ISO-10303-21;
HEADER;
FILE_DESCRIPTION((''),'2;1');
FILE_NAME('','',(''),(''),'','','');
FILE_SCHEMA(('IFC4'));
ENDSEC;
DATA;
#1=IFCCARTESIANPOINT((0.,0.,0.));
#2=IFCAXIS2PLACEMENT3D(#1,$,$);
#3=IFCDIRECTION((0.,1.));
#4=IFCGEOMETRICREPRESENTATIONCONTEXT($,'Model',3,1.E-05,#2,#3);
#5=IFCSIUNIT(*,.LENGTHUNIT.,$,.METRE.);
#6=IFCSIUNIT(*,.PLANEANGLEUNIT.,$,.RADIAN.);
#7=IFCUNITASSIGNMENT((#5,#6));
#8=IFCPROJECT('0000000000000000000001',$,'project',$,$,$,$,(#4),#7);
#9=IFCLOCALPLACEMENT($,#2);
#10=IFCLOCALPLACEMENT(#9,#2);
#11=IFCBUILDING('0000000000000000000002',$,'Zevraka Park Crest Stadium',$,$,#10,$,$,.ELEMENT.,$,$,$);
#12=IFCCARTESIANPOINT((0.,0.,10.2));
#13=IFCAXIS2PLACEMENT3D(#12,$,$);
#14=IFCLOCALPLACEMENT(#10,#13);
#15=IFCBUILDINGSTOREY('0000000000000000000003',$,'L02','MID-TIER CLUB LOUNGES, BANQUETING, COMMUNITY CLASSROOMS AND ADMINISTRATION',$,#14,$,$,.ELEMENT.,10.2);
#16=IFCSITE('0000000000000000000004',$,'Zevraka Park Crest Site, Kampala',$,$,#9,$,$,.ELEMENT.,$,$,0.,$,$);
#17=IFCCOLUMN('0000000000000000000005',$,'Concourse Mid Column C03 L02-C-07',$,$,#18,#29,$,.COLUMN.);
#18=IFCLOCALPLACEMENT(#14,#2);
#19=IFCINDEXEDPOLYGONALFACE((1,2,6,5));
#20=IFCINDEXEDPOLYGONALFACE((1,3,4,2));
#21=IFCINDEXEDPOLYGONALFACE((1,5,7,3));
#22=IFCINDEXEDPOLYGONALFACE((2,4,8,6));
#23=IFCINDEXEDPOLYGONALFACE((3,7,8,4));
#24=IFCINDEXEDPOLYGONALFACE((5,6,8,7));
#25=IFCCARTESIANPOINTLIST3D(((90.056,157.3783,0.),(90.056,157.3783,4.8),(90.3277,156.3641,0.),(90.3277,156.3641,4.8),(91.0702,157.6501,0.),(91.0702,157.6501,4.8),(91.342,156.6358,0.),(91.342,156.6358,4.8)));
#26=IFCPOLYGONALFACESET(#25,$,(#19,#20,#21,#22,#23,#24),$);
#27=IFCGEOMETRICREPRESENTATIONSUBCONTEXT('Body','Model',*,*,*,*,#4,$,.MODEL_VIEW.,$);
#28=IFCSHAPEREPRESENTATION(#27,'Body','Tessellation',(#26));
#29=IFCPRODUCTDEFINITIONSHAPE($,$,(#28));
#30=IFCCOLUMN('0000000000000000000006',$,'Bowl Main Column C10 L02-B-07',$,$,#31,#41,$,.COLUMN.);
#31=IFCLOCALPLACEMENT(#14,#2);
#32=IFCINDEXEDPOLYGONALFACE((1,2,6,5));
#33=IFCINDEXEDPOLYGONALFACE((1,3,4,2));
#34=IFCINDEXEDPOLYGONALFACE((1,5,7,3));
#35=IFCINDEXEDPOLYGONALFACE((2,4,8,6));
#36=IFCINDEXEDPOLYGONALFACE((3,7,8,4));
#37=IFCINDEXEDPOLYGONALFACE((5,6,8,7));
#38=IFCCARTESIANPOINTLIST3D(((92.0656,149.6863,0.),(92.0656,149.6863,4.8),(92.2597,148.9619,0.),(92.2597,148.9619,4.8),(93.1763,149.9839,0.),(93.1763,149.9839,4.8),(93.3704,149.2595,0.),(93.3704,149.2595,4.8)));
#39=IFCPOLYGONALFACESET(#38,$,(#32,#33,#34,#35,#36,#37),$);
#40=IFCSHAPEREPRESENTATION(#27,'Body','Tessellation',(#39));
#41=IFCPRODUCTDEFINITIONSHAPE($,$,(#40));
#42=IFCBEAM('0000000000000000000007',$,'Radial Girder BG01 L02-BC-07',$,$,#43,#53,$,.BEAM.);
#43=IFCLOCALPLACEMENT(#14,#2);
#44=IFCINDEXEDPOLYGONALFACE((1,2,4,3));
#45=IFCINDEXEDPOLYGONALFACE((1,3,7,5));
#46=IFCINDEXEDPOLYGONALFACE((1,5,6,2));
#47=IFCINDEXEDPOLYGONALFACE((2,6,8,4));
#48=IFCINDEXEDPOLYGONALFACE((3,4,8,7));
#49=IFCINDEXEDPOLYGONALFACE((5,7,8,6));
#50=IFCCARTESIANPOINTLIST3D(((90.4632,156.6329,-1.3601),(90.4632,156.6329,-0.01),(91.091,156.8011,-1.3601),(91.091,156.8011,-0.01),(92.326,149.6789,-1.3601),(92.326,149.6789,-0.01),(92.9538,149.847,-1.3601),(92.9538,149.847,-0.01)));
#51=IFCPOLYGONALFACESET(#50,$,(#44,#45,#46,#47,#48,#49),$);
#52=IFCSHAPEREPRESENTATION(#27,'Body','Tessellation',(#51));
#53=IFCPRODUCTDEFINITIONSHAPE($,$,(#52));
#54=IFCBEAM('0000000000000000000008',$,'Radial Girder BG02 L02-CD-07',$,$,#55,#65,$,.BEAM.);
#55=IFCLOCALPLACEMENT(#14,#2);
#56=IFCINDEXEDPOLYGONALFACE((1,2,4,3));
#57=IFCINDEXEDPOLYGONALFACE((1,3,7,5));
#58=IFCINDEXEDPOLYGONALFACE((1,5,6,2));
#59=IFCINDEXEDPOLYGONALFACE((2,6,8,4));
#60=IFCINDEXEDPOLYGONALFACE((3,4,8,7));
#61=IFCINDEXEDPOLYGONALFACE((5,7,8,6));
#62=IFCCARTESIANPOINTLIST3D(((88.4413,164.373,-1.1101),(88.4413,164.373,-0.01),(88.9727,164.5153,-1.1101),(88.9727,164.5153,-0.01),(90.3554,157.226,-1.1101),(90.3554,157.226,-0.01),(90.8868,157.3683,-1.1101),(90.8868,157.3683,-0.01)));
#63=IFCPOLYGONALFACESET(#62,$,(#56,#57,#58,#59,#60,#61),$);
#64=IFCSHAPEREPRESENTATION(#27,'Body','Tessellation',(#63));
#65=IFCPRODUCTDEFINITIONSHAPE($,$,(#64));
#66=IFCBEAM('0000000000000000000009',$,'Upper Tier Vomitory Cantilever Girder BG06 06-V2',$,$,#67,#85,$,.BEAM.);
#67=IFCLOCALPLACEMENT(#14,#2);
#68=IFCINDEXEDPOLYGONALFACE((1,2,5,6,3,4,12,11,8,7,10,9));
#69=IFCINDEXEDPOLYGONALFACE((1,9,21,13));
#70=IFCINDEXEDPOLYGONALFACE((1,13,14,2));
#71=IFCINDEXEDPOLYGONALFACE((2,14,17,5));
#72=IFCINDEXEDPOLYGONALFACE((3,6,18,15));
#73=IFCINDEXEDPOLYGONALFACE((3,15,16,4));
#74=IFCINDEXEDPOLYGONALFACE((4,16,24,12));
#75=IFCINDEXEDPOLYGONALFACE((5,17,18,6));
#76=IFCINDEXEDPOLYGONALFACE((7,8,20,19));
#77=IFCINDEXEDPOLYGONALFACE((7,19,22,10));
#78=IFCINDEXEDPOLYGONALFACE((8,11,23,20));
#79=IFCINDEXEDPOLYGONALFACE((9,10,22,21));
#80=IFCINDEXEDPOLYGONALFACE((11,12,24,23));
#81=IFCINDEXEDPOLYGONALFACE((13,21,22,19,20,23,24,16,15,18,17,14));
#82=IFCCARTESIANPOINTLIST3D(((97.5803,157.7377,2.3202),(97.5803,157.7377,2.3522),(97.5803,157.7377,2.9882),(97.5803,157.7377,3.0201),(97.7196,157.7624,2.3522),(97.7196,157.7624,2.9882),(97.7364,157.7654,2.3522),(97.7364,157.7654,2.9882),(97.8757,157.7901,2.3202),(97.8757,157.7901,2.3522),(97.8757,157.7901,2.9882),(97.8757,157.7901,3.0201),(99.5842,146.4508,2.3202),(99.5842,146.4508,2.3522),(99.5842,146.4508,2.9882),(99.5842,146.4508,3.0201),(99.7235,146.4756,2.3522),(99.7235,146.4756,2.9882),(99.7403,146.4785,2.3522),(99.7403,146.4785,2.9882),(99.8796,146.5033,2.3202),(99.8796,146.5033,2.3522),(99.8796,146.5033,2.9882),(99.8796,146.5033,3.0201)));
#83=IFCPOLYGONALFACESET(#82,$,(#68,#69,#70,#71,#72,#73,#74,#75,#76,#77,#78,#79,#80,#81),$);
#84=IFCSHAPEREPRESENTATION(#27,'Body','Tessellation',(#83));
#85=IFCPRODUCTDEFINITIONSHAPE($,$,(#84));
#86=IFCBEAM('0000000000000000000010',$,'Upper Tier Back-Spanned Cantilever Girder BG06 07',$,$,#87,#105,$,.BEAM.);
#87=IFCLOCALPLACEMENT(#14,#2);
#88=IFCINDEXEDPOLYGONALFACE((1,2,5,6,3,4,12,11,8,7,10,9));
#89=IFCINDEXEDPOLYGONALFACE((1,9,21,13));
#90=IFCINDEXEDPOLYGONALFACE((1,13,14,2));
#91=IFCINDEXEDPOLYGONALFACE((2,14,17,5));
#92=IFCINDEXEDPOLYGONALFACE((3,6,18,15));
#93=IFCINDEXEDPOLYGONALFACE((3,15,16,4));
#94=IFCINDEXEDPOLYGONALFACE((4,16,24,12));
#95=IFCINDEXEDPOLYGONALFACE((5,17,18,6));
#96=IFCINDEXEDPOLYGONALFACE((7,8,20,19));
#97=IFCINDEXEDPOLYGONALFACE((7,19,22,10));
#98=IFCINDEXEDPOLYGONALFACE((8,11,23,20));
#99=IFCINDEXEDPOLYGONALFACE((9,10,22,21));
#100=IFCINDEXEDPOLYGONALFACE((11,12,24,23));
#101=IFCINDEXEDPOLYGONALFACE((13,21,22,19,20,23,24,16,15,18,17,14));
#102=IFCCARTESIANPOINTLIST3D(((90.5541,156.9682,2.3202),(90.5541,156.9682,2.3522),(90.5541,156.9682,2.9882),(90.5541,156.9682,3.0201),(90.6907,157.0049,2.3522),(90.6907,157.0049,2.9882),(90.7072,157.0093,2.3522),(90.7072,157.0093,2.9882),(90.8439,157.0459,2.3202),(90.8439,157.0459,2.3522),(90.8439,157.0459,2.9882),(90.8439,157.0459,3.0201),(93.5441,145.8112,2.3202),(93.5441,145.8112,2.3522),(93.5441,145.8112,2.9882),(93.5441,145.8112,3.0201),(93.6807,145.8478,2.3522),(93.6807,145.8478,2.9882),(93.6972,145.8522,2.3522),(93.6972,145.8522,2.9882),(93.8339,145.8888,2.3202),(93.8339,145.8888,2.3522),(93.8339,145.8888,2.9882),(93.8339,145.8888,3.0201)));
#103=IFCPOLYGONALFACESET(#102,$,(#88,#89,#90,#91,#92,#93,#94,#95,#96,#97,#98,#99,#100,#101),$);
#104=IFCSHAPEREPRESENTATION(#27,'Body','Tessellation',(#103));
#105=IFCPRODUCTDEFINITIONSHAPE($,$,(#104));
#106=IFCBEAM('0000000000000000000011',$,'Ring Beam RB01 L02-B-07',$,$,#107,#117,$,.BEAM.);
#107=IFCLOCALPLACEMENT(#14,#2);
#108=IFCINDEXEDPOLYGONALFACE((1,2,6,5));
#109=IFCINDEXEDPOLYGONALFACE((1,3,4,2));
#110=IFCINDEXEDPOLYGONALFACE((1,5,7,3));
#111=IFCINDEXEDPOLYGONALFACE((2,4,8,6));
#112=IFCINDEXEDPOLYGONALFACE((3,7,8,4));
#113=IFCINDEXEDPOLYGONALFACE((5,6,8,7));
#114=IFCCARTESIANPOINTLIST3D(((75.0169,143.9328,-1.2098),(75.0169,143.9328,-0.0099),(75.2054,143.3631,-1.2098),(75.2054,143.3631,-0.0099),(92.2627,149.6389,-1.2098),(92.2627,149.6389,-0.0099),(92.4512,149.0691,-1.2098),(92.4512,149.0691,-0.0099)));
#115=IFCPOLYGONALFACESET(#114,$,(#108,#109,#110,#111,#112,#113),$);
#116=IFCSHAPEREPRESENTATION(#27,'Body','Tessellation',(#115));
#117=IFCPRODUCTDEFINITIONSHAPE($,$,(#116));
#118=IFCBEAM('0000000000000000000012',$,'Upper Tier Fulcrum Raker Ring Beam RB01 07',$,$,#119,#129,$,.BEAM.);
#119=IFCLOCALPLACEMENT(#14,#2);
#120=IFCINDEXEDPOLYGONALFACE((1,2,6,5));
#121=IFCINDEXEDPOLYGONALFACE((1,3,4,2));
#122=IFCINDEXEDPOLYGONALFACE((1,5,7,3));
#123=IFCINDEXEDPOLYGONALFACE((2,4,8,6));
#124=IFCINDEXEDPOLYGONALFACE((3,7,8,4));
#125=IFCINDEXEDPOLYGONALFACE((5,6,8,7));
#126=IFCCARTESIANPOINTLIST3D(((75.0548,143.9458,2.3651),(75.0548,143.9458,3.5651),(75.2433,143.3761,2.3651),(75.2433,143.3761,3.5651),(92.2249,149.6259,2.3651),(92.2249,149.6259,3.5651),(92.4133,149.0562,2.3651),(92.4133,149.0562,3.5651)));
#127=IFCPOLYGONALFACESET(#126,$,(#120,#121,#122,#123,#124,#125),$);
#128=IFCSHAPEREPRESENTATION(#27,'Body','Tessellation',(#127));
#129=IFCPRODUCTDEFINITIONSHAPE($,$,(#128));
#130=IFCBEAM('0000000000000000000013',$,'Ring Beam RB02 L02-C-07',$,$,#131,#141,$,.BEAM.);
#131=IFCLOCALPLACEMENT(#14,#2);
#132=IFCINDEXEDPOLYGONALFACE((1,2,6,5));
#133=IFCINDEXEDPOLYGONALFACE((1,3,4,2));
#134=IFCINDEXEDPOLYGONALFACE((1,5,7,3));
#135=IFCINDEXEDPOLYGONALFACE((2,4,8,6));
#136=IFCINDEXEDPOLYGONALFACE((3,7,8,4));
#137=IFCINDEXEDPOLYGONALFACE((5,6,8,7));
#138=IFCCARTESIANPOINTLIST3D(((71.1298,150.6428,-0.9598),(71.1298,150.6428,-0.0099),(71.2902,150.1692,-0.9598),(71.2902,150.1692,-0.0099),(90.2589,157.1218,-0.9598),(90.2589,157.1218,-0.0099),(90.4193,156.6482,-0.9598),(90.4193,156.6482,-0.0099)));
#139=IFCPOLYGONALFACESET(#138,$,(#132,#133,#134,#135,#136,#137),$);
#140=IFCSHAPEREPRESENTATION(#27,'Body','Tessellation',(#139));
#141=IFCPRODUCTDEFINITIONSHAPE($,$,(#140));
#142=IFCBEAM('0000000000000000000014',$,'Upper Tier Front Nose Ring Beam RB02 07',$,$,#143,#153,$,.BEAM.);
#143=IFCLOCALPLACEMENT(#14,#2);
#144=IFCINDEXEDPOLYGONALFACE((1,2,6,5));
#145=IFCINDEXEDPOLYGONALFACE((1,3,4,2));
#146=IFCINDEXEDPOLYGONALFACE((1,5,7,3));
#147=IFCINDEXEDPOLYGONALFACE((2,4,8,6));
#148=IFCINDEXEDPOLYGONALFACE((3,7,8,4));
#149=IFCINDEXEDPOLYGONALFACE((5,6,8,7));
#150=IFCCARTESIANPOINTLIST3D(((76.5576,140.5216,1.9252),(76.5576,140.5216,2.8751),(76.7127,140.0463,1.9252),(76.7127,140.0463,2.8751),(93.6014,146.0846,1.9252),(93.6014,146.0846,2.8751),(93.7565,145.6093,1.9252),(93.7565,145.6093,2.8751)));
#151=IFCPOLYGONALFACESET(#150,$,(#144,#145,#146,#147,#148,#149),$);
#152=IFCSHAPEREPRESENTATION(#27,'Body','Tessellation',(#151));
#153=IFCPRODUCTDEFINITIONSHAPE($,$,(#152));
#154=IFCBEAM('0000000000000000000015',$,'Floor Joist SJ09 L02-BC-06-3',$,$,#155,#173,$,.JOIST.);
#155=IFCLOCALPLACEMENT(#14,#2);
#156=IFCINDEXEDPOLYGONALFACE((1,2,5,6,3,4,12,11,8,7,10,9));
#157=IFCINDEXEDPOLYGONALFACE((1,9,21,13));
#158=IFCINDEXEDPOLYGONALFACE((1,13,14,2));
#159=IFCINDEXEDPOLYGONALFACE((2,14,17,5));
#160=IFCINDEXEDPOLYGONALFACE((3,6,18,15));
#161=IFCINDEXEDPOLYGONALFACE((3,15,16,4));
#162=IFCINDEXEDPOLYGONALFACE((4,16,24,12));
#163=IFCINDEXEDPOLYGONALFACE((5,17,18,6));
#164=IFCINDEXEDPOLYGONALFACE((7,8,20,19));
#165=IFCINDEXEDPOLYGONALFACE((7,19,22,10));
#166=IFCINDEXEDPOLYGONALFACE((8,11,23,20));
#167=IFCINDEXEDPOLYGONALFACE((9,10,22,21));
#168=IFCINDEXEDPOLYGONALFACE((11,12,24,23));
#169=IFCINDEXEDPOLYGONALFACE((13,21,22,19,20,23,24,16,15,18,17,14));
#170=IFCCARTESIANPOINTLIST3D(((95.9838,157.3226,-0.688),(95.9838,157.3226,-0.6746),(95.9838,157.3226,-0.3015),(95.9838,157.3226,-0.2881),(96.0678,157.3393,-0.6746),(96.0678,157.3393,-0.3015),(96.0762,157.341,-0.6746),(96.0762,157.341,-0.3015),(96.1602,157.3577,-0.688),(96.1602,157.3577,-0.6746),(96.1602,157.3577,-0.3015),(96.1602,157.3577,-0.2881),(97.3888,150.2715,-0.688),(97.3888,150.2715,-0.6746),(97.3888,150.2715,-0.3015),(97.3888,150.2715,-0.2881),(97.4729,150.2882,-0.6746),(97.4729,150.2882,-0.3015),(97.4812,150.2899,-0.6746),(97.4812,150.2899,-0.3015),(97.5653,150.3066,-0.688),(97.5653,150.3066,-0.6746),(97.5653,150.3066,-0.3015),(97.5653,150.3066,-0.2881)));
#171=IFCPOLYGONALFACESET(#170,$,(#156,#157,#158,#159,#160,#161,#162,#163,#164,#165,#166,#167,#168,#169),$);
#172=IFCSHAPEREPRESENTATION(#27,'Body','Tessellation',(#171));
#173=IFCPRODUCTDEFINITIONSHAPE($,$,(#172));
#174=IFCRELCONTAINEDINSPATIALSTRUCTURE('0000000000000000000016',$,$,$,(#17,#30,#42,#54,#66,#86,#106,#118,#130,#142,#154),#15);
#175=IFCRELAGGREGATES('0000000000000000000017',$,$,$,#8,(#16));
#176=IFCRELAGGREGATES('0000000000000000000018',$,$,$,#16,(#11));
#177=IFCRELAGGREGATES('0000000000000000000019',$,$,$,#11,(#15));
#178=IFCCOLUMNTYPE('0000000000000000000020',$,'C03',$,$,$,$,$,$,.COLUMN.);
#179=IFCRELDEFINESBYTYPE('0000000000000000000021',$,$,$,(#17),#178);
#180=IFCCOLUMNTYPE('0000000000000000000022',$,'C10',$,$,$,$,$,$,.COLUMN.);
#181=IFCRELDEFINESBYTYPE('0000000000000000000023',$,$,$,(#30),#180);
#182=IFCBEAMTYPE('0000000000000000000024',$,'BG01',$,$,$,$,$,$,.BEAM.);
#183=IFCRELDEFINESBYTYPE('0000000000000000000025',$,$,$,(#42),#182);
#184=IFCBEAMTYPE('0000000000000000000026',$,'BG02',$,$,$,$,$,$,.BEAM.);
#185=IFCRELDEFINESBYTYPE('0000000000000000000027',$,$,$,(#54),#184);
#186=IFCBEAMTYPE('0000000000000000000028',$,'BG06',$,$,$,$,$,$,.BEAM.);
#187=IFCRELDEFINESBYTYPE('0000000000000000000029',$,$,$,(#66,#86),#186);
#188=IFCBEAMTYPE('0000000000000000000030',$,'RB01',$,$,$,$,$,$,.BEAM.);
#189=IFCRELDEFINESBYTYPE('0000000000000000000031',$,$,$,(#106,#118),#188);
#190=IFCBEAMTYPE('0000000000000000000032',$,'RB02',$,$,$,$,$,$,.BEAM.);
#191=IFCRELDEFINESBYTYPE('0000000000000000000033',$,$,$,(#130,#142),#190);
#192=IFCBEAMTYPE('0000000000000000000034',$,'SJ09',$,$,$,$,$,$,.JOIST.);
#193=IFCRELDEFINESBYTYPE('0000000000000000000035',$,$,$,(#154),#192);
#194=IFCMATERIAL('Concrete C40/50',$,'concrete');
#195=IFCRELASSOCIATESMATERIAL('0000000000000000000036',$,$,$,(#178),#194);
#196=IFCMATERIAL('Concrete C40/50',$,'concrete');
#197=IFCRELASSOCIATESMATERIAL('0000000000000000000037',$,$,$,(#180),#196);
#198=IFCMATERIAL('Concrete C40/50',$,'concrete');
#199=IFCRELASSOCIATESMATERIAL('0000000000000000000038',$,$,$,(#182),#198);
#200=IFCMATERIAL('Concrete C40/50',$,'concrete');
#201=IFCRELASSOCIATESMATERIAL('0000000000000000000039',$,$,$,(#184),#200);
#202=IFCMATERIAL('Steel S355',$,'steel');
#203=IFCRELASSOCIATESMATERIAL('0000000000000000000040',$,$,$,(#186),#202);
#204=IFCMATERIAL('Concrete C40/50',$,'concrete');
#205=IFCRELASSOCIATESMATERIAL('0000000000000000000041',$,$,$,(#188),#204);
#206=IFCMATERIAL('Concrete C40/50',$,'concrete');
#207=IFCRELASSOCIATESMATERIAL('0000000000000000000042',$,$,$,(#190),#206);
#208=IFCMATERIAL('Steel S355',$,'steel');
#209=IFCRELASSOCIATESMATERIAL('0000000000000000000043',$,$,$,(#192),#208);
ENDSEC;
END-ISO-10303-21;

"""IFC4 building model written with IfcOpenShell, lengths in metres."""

from ifc_helpers import new_model, si_unit, direction, frame, origin, origin_2d, place, context, subcontext, project, spatial, rectangle, i_section, extrude, material, material_profile, profile_set, type_object, element, save


model = new_model("IFC4")

# Units and contexts
model_context = context("Model", 3, precision=1e-05, world=origin(), true_north=direction((0.0, 1.0)))
body_context = subcontext(model_context, "Body", "Model", "MODEL_VIEW")
ifc_project = project(units=[si_unit("LENGTHUNIT", "METRE"), si_unit("PLANEANGLEUNIT", "RADIAN")], contexts=[model_context])

# Site, building, storey
site_placement = place(None, origin())
site = spatial("IfcSite", under=ifc_project, at=site_placement, Name="Zevraka Park Crest Site, Kampala", CompositionType="ELEMENT", RefElevation=0.0)
building_placement = place(site_placement, origin())
building = spatial("IfcBuilding", under=site, at=building_placement, Name="Zevraka Park Crest Stadium", CompositionType="ELEMENT")
storey_placement = place(building_placement, frame((0.0, 0.0, 10.2)))
storey = spatial("IfcBuildingStorey", under=building, at=storey_placement, Name="L02", Description="MID-TIER CLUB LOUNGES, BANQUETING, COMMUNITY CLASSROOMS AND ADMINISTRATION", CompositionType="ELEMENT", Elevation=10.2)

# Columns
ifc_material_1 = material(Name="Concrete C40/50", Category="concrete")
ifc_material_profile_1 = material_profile(ifc_material_1, rectangle(XDim=1.05, YDim=1.05, at=origin_2d()), Name="RC 1050x1050")
ifc_profile_set_1 = profile_set([ifc_material_profile_1], Name="Concrete C40/50")
column_type_1 = type_object("IfcColumnType", Name="C03", PredefinedType="COLUMN", material=ifc_profile_set_1)
column_1_placement = place(storey_placement, frame((90.699, 157.0071, 0.0), z_axis=(0.0, 0.0, 1.0), x_axis=(-0.258819, 0.965926, 0.0)))
element("IfcColumn", 1, at=column_1_placement, inside=storey, type_object=column_type_1, Name="Concourse Mid Column C03 L02-C-07", PredefinedType="COLUMN", context=body_context, shape_type="SweptSolid", body=[
    extrude(rectangle(XDim=1.05, YDim=1.05, at=origin_2d()), origin(), (0.0, 0.0, 1.0), 4.8),
])
ifc_material_2 = material(Name="Concrete C40/50", Category="concrete")
ifc_material_profile_2 = material_profile(ifc_material_2, rectangle(XDim=0.75, YDim=1.1499, at=origin_2d()), Name="RC 1150x750")
ifc_profile_set_2 = profile_set([ifc_material_profile_2], Name="Concrete C40/50")
column_type_2 = type_object("IfcColumnType", Name="C10", PredefinedType="COLUMN", material=ifc_profile_set_2)
column_2_placement = place(storey_placement, frame((92.718, 149.4729, 0.0), z_axis=(0.0, 0.0, 1.0), x_axis=(-0.258819, 0.965926, 0.0)))
element("IfcColumn", 2, at=column_2_placement, inside=storey, type_object=column_type_2, Name="Bowl Main Column C10 L02-B-07", PredefinedType="COLUMN", context=body_context, shape_type="SweptSolid", body=[
    extrude(rectangle(XDim=0.75, YDim=1.1499, at=origin_2d()), origin(), (0.0, 0.0, 1.0), 4.8),
])

# Beams
ifc_material_3 = material(Name="Concrete C40/50", Category="concrete")
ifc_material_profile_3 = material_profile(ifc_material_3, rectangle(XDim=0.6499, YDim=1.3501, at=origin_2d()), Name="RC 1350x650")
ifc_profile_set_3 = profile_set([ifc_material_profile_3], Name="Concrete C40/50")
beam_type_1 = type_object("IfcBeamType", Name="BG01", PredefinedType="BEAM", material=ifc_profile_set_3)
beam_1_placement = place(storey_placement, frame((92.6399, 149.7629, -0.6851), z_axis=(-0.258747, 0.965945, 0.0), x_axis=(-0.965945, -0.258747, 0.0)))
element("IfcBeam", 3, at=beam_1_placement, inside=storey, type_object=beam_type_1, Name="Radial Girder BG01 L02-BC-07", PredefinedType="BEAM", context=body_context, shape_type="SweptSolid", body=[
    extrude(rectangle(XDim=0.6499, YDim=1.3501, at=origin_2d()), origin(), (0.0, 0.0, 1.0), 7.1992),
])
ifc_material_4 = material(Name="Concrete C40/50", Category="concrete")
ifc_material_profile_4 = material_profile(ifc_material_4, rectangle(XDim=0.55, YDim=1.1001, at=origin_2d()), Name="RC 1100x550")
ifc_profile_set_4 = profile_set([ifc_material_profile_4], Name="Concrete C40/50")
beam_type_2 = type_object("IfcBeamType", Name="BG02", PredefinedType="BEAM", material=ifc_profile_set_4)
beam_2_placement = place(storey_placement, frame((90.6211, 157.2971, -0.5601), z_axis=(-0.258698, 0.965958, 0.0), x_axis=(-0.965958, -0.258698, 0.0)))
element("IfcBeam", 4, at=beam_2_placement, inside=storey, type_object=beam_type_2, Name="Radial Girder BG02 L02-CD-07", PredefinedType="BEAM", context=body_context, shape_type="SweptSolid", body=[
    extrude(rectangle(XDim=0.55, YDim=1.1001, at=origin_2d()), origin(), (0.0, 0.0, 1.0), 7.3989),
])
ifc_material_5 = material(Name="Steel S355", Category="steel")
ifc_material_profile_5 = material_profile(ifc_material_5, i_section(OverallWidth=0.3, OverallDepth=0.7, WebThickness=0.0171, FlangeThickness=0.032, at=origin_2d()), Name="HEB 700")
ifc_profile_set_5 = profile_set([ifc_material_profile_5], Name="Steel S355")
beam_type_3 = type_object("IfcBeamType", Name="BG06", PredefinedType="BEAM", material=ifc_profile_set_5)
beam_3_placement = place(storey_placement, frame((97.728, 157.7639, 2.6702), z_axis=(0.174809, -0.984602, 0.0), x_axis=(0.984602, 0.174809, 0.0)))
element("IfcBeam", 5, at=beam_3_placement, inside=storey, type_object=beam_type_3, Name="Upper Tier Vomitory Cantilever Girder BG06 06-V2", PredefinedType="BEAM", context=body_context, shape_type="SweptSolid", body=[
    extrude(i_section(OverallWidth=0.3, OverallDepth=0.7, WebThickness=0.0171, FlangeThickness=0.032, at=origin_2d()), origin(), (0.0, 0.0, 1.0), 11.4634),
])
beam_4_placement = place(storey_placement, frame((90.699, 157.0071, 2.6702), z_axis=(0.258858, -0.965915, 0.0), x_axis=(0.965915, 0.258858, 0.0)))
element("IfcBeam", 6, at=beam_4_placement, inside=storey, type_object=beam_type_3, Name="Upper Tier Back-Spanned Cantilever Girder BG06 07", PredefinedType="BEAM", context=body_context, shape_type="SweptSolid", body=[
    extrude(i_section(OverallWidth=0.3, OverallDepth=0.7, WebThickness=0.0171, FlangeThickness=0.032, at=origin_2d()), origin(), (0.0, 0.0, 1.0), 11.5508),
])
ifc_material_6 = material(Name="Concrete C40/50", Category="concrete")
ifc_material_profile_6 = material_profile(ifc_material_6, rectangle(XDim=0.6001, YDim=1.2, at=origin_2d()), Name="RC 1200x600")
ifc_profile_set_6 = profile_set([ifc_material_profile_6], Name="Concrete C40/50")
beam_type_4 = type_object("IfcBeamType", Name="RB01", PredefinedType="BEAM", material=ifc_profile_set_6)
beam_5_placement = place(storey_placement, frame((92.3569, 149.354, -0.6099), z_axis=(-0.949384, -0.314118, 0.0), x_axis=(0.314118, -0.949384, 0.0)))
element("IfcBeam", 7, at=beam_5_placement, inside=storey, type_object=beam_type_4, Name="Ring Beam RB01 L02-B-07", PredefinedType="BEAM", context=body_context, shape_type="SweptSolid", body=[
    extrude(rectangle(XDim=0.6001, YDim=1.2, at=origin_2d()), origin(), (0.0, 0.0, 1.0), 18.1653),
])
beam_6_placement = place(storey_placement, frame((92.3191, 149.3411, 2.9651), z_axis=(-0.949398, -0.314077, 0.0), x_axis=(0.314077, -0.949398, 0.0)))
element("IfcBeam", 8, at=beam_6_placement, inside=storey, type_object=beam_type_4, Name="Upper Tier Fulcrum Raker Ring Beam RB01 07", PredefinedType="BEAM", context=body_context, shape_type="SweptSolid", body=[
    extrude(rectangle(XDim=0.6001, YDim=1.2, at=origin_2d()), origin(), (0.0, 0.0, 1.0), 18.0852),
])
ifc_material_7 = material(Name="Concrete C40/50", Category="concrete")
ifc_material_profile_7 = material_profile(ifc_material_7, rectangle(XDim=0.5, YDim=0.95, at=origin_2d()), Name="RC 950x500")
ifc_profile_set_7 = profile_set([ifc_material_profile_7], Name="Concrete C40/50")
beam_type_5 = type_object("IfcBeamType", Name="RB02", PredefinedType="BEAM", material=ifc_profile_set_7)
beam_7_placement = place(storey_placement, frame((90.3391, 156.885, -0.4849), z_axis=(-0.947148, -0.320797, 0.0), x_axis=(0.320797, -0.947148, 0.0)))
element("IfcBeam", 9, at=beam_7_placement, inside=storey, type_object=beam_type_5, Name="Ring Beam RB02 L02-C-07", PredefinedType="BEAM", context=body_context, shape_type="SweptSolid", body=[
    extrude(rectangle(XDim=0.5, YDim=0.95, at=origin_2d()), origin(), (0.0, 0.0, 1.0), 20.1965),
])
beam_8_placement = place(storey_placement, frame((93.679, 145.8469, 2.4001), z_axis=(-0.950645, -0.310282, 0.0), x_axis=(0.310282, -0.950645, 0.0)))
element("IfcBeam", 10, at=beam_8_placement, inside=storey, type_object=beam_type_5, Name="Upper Tier Front Nose Ring Beam RB02 07", PredefinedType="BEAM", context=body_context, shape_type="SweptSolid", body=[
    extrude(rectangle(XDim=0.5, YDim=0.95, at=origin_2d()), origin(), (0.0, 0.0, 1.0), 17.9287),
])
ifc_material_8 = material(Name="Steel S355", Category="steel")
ifc_material_profile_8 = material_profile(ifc_material_8, i_section(OverallWidth=0.1799, OverallDepth=0.3999, WebThickness=0.0085, FlangeThickness=0.0134, at=origin_2d()), Name="IPE 400")
ifc_profile_set_8 = profile_set([ifc_material_profile_8], Name="Steel S355")
beam_type_6 = type_object("IfcBeamType", Name="SJ09", PredefinedType="JOIST", material=ifc_profile_set_8)
beam_9_placement = place(storey_placement, frame((97.4771, 150.2891, -0.488), z_axis=(-0.195424, 0.980719, 0.0), x_axis=(-0.980719, -0.195424, 0.0)))
element("IfcBeam", 11, at=beam_9_placement, inside=storey, type_object=beam_type_6, Name="Floor Joist SJ09 L02-BC-06-3", PredefinedType="JOIST", context=body_context, shape_type="SweptSolid", body=[
    extrude(i_section(OverallWidth=0.1799, OverallDepth=0.3999, WebThickness=0.0085, FlangeThickness=0.0134, at=origin_2d()), origin(), (0.0, 0.0, 1.0), 7.1897),
])

save(model, "model.ifc")
